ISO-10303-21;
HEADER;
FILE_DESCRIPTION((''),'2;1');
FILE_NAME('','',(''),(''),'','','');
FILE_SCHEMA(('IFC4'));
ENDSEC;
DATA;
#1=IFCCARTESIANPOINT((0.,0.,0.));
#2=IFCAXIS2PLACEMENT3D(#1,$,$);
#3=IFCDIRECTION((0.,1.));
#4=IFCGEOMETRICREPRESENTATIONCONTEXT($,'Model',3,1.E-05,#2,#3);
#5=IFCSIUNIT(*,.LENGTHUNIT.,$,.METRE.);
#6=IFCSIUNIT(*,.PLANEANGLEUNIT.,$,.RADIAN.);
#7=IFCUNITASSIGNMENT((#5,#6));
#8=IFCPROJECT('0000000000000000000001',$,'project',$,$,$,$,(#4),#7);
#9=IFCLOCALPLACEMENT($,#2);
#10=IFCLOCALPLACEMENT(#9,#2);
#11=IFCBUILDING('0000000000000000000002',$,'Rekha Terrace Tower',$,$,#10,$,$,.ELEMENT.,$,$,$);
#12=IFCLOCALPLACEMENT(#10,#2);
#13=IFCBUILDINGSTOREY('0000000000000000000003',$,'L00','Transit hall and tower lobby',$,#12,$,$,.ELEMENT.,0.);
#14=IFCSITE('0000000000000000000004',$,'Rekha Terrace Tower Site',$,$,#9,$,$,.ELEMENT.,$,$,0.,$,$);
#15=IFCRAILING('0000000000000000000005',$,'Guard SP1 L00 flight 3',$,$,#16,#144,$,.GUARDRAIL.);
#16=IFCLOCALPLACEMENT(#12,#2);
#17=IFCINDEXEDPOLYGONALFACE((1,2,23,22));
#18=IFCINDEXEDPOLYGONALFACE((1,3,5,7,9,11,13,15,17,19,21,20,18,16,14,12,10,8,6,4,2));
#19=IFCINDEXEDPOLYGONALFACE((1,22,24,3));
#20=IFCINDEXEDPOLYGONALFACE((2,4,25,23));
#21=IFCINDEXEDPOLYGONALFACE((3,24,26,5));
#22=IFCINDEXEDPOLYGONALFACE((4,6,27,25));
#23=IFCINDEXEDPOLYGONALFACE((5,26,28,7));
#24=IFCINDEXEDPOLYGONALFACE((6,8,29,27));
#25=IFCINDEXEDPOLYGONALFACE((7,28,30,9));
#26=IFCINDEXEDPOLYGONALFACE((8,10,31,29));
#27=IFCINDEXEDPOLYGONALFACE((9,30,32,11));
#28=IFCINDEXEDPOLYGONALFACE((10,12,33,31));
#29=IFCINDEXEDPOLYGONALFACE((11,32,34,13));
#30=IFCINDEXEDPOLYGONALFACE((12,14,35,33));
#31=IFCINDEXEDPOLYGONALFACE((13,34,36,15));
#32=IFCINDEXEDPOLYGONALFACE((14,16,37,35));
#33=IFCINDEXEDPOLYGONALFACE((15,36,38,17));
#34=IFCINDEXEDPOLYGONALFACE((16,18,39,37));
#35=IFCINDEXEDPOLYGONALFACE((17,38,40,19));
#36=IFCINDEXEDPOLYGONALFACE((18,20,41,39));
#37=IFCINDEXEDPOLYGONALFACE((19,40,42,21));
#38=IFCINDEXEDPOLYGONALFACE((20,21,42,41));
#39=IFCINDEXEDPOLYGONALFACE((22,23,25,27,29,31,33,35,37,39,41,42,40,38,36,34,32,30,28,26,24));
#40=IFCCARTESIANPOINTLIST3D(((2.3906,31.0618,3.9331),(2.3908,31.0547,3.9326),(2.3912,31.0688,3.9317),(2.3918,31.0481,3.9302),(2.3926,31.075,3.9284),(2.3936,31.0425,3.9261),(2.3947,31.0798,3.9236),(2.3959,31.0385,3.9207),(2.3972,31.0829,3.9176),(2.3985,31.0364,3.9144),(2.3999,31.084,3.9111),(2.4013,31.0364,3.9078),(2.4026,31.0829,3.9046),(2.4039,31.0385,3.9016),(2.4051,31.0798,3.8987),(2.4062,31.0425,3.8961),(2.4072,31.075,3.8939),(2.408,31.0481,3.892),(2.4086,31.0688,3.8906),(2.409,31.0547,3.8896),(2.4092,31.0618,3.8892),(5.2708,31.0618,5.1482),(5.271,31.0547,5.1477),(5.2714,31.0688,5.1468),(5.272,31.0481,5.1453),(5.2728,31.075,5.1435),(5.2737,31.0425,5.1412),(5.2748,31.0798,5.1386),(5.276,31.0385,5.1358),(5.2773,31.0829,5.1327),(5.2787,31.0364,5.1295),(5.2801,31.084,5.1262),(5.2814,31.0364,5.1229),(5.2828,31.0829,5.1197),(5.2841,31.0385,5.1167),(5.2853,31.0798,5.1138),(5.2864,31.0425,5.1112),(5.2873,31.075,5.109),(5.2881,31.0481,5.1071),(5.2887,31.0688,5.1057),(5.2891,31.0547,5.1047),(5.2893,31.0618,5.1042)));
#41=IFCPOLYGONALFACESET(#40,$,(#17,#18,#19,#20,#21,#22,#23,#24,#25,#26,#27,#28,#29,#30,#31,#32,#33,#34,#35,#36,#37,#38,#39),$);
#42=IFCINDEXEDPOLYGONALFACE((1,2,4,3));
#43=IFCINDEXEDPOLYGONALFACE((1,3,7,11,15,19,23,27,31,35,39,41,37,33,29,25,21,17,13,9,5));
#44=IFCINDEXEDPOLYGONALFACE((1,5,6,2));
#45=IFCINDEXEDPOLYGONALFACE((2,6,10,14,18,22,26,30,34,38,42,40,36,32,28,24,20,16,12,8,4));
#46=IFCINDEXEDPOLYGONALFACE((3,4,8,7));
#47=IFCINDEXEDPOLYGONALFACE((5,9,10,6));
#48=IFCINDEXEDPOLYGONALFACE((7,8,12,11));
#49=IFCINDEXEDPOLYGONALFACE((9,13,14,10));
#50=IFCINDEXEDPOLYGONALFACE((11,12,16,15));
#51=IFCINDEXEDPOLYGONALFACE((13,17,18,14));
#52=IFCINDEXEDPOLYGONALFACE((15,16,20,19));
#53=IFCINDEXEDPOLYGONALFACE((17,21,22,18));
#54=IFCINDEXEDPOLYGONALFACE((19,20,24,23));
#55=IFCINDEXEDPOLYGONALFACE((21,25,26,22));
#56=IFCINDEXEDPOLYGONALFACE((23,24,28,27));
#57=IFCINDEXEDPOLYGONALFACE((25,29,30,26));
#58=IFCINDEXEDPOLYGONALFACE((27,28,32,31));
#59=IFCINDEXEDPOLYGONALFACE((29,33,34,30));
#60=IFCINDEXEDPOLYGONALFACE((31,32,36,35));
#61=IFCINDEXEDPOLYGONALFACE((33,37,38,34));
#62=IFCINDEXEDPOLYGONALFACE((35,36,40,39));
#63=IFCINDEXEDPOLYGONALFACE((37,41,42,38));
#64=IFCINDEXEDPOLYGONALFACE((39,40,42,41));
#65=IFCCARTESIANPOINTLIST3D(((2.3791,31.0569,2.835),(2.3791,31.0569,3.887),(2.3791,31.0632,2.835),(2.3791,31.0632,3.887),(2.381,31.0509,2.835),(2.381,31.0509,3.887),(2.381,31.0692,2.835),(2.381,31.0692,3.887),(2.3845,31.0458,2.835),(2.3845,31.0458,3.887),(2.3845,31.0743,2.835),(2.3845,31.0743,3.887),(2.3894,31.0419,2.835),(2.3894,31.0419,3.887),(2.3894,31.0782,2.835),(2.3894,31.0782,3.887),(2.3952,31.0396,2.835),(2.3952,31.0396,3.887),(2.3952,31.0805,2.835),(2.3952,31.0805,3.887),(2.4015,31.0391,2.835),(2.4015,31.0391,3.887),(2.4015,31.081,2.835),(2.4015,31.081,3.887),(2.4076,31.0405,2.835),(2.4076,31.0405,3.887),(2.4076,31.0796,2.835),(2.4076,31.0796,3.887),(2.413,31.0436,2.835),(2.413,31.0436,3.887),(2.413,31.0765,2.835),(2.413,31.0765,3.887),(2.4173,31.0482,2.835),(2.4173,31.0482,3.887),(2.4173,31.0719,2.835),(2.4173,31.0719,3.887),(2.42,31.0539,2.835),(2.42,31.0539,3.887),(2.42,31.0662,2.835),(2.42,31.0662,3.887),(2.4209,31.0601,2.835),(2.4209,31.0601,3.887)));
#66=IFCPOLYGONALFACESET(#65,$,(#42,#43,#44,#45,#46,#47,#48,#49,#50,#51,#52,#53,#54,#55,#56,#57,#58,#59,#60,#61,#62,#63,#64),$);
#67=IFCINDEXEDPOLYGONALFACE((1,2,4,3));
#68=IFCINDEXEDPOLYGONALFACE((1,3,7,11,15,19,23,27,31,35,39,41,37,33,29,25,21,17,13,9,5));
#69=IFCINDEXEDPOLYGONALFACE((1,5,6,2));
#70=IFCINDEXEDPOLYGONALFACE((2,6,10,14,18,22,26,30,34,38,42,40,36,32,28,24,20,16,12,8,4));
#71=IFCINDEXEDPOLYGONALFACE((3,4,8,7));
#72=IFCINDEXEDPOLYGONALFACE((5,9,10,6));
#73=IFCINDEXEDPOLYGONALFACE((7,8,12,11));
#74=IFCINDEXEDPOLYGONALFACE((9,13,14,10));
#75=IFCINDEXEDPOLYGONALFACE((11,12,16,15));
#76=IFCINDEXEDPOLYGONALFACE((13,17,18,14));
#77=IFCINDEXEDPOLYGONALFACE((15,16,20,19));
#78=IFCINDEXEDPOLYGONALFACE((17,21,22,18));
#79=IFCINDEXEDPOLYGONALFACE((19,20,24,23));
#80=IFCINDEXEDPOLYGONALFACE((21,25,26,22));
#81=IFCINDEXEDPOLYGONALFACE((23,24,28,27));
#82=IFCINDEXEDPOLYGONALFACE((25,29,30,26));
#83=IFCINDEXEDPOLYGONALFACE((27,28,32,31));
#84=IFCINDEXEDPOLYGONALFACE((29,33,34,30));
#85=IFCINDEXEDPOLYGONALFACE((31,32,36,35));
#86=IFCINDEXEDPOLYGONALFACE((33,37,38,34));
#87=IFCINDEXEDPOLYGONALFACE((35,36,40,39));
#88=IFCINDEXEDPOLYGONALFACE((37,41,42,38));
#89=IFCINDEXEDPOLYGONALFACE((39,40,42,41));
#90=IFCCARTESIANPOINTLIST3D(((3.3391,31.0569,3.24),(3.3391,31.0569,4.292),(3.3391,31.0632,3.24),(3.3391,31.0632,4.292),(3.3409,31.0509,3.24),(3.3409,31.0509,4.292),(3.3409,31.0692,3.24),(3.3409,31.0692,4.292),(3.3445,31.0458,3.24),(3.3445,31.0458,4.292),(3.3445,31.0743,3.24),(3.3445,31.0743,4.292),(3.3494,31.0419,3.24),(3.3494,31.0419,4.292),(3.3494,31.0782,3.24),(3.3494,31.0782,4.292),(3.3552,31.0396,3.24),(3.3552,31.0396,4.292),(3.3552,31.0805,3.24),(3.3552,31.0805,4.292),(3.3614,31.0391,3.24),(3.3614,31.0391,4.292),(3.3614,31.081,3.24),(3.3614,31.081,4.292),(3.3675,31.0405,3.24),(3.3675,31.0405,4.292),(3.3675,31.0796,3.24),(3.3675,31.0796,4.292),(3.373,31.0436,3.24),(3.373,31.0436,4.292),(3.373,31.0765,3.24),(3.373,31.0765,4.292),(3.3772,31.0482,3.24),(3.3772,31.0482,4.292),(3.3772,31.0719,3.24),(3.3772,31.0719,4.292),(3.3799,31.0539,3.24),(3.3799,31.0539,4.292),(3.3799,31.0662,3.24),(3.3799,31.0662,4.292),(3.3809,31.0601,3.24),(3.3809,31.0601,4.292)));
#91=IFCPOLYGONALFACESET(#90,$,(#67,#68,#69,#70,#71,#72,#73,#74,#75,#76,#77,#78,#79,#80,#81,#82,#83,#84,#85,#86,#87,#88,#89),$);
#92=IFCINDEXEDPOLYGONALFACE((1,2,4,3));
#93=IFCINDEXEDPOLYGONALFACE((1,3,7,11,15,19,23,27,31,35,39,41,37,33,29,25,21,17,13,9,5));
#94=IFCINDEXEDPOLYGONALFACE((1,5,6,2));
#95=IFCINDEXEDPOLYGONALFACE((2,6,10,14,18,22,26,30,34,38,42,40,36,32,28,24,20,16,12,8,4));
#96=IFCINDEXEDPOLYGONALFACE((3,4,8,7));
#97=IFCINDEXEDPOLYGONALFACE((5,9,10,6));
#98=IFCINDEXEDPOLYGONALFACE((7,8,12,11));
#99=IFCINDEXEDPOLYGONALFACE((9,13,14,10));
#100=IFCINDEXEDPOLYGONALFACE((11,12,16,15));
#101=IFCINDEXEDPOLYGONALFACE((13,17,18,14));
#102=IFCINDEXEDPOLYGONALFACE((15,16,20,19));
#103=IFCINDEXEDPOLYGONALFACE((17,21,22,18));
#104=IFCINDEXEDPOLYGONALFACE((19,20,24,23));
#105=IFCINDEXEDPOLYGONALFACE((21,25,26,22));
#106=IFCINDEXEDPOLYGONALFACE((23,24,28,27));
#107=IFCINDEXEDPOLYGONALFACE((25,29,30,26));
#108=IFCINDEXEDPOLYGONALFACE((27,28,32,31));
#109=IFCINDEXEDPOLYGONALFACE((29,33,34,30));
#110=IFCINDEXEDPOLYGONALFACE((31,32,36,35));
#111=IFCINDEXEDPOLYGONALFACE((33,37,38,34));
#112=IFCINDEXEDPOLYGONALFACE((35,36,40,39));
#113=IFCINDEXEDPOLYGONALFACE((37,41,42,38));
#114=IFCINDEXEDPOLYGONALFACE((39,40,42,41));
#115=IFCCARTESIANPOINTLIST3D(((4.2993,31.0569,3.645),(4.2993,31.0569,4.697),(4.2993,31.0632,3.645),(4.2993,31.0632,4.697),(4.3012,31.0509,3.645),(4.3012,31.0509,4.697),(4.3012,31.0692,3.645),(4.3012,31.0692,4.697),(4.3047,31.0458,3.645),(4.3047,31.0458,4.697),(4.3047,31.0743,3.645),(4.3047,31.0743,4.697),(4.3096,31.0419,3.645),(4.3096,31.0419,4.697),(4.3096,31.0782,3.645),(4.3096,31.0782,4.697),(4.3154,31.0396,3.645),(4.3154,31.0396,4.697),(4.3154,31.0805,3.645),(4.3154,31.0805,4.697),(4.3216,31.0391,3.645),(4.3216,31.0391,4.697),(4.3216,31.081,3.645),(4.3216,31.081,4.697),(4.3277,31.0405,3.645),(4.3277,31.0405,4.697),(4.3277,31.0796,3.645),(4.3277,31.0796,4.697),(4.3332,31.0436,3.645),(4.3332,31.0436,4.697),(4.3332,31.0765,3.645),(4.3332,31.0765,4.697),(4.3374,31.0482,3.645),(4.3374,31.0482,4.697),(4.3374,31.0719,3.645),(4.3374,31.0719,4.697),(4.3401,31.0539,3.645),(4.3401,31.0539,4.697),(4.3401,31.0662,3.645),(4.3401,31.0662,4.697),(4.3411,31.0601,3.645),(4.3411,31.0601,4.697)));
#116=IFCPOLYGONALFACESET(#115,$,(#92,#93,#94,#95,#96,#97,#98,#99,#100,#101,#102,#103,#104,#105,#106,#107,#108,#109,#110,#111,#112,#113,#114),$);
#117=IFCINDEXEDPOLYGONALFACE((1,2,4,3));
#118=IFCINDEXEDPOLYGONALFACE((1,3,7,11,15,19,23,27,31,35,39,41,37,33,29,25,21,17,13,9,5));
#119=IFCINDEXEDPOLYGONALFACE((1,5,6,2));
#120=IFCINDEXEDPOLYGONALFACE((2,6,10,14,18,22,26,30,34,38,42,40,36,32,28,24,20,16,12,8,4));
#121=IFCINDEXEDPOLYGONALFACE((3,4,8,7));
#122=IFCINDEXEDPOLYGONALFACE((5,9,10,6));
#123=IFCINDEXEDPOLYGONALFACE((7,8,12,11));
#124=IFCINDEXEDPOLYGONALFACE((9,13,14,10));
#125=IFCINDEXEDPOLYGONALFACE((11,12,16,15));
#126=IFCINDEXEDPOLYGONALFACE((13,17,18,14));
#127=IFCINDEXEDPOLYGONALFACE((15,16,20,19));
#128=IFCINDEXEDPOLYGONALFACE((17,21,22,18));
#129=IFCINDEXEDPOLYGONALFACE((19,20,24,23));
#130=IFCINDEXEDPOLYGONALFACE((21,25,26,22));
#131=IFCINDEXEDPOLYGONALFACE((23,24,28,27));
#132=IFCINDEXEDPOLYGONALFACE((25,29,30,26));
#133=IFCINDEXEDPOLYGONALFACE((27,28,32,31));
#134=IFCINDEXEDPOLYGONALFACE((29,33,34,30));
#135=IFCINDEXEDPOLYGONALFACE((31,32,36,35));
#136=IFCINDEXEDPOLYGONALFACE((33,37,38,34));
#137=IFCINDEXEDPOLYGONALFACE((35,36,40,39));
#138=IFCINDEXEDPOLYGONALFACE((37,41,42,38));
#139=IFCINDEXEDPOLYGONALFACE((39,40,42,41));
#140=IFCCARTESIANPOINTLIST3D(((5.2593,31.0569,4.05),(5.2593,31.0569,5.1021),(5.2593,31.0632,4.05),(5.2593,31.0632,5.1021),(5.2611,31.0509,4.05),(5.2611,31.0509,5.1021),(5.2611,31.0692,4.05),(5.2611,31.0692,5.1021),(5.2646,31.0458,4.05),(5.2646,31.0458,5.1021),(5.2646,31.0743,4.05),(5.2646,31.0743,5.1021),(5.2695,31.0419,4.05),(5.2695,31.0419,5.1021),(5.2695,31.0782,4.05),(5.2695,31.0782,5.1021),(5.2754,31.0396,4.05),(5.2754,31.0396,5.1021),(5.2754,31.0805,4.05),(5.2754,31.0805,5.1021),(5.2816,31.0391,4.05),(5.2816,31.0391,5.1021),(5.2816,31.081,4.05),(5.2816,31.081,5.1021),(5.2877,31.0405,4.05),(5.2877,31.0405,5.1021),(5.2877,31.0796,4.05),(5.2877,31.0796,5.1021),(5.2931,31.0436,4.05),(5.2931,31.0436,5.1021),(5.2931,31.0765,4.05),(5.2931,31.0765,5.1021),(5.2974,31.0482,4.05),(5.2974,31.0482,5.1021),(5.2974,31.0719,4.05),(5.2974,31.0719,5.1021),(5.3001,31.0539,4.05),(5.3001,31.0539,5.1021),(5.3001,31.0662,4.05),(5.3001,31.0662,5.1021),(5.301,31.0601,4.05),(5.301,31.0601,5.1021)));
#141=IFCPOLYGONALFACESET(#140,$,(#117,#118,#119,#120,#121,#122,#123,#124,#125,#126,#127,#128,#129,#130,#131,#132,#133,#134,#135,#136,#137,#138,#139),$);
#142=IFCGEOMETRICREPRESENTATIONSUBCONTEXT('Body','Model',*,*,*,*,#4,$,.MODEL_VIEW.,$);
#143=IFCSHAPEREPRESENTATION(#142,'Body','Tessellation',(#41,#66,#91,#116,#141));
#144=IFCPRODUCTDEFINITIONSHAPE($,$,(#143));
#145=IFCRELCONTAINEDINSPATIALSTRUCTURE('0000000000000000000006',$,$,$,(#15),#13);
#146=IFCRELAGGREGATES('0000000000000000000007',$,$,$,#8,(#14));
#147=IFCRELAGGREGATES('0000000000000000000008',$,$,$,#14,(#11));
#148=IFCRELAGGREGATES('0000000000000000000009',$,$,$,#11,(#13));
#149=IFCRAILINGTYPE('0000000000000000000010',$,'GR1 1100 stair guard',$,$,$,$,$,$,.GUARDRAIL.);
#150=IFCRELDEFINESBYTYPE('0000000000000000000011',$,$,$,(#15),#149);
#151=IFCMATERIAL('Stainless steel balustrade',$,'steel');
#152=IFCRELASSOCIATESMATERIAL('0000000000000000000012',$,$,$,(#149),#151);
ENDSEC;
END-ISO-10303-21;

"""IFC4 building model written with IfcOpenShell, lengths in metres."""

from ifc_helpers import new_model, si_unit, direction, frame, origin, origin_2d, place, context, subcontext, project, spatial, circle, extrude, material, type_object, element, save


model = new_model("IFC4")

# Units and contexts
model_context = context("Model", 3, precision=1e-05, world=origin(), true_north=direction((0.0, 1.0)))
body_context = subcontext(model_context, "Body", "Model", "MODEL_VIEW")
ifc_project = project(units=[si_unit("LENGTHUNIT", "METRE"), si_unit("PLANEANGLEUNIT", "RADIAN")], contexts=[model_context])

# Site, building, storey
site_placement = place(None, origin())
site = spatial("IfcSite", under=ifc_project, at=site_placement, Name="Rekha Terrace Tower Site", CompositionType="ELEMENT", RefElevation=0.0)
building_placement = place(site_placement, origin())
building = spatial("IfcBuilding", under=site, at=building_placement, Name="Rekha Terrace Tower", CompositionType="ELEMENT")
storey_placement = place(building_placement, origin())
storey = spatial("IfcBuildingStorey", under=building, at=storey_placement, Name="L00", Description="Transit hall and tower lobby", CompositionType="ELEMENT", Elevation=0.0)

# Railing
ifc_material_1 = material(Name="Stainless steel balustrade", Category="steel")
railing_type_1 = type_object("IfcRailingType", Name="GR1 1100 stair guard", PredefinedType="GUARDRAIL", material=ifc_material_1)
railing_1_placement = place(storey_placement, frame((2.3999, 31.0601, 2.835)))
element("IfcRailing", 1, at=railing_1_placement, inside=storey, type_object=railing_type_1, Name="Guard SP1 L00 flight 3", PredefinedType="GUARDRAIL", context=body_context, shape_type="SweptSolid", body=[
    extrude(circle(Radius=0.0239, at=origin_2d()), frame((0.0, 0.0, 1.0762), z_axis=(0.92136, 0.0, 0.38871), x_axis=(0.0, 1.0, 0.0)), (0.0, 0.0, 1.0), 3.126),
    extrude(circle(Radius=0.021, at=origin_2d()), origin(), (0.0, 0.0, 1.0), 1.052),
    extrude(circle(Radius=0.021, at=origin_2d()), frame((0.96, 0.0, 0.405)), (0.0, 0.0, 1.0), 1.052),
    extrude(circle(Radius=0.021, at=origin_2d()), frame((1.9202, 0.0, 0.8101)), (0.0, 0.0, 1.0), 1.052),
    extrude(circle(Radius=0.021, at=origin_2d()), frame((2.8801, 0.0, 1.2151)), (0.0, 0.0, 1.0), 1.052),
])

save(model, "model.ifc")
